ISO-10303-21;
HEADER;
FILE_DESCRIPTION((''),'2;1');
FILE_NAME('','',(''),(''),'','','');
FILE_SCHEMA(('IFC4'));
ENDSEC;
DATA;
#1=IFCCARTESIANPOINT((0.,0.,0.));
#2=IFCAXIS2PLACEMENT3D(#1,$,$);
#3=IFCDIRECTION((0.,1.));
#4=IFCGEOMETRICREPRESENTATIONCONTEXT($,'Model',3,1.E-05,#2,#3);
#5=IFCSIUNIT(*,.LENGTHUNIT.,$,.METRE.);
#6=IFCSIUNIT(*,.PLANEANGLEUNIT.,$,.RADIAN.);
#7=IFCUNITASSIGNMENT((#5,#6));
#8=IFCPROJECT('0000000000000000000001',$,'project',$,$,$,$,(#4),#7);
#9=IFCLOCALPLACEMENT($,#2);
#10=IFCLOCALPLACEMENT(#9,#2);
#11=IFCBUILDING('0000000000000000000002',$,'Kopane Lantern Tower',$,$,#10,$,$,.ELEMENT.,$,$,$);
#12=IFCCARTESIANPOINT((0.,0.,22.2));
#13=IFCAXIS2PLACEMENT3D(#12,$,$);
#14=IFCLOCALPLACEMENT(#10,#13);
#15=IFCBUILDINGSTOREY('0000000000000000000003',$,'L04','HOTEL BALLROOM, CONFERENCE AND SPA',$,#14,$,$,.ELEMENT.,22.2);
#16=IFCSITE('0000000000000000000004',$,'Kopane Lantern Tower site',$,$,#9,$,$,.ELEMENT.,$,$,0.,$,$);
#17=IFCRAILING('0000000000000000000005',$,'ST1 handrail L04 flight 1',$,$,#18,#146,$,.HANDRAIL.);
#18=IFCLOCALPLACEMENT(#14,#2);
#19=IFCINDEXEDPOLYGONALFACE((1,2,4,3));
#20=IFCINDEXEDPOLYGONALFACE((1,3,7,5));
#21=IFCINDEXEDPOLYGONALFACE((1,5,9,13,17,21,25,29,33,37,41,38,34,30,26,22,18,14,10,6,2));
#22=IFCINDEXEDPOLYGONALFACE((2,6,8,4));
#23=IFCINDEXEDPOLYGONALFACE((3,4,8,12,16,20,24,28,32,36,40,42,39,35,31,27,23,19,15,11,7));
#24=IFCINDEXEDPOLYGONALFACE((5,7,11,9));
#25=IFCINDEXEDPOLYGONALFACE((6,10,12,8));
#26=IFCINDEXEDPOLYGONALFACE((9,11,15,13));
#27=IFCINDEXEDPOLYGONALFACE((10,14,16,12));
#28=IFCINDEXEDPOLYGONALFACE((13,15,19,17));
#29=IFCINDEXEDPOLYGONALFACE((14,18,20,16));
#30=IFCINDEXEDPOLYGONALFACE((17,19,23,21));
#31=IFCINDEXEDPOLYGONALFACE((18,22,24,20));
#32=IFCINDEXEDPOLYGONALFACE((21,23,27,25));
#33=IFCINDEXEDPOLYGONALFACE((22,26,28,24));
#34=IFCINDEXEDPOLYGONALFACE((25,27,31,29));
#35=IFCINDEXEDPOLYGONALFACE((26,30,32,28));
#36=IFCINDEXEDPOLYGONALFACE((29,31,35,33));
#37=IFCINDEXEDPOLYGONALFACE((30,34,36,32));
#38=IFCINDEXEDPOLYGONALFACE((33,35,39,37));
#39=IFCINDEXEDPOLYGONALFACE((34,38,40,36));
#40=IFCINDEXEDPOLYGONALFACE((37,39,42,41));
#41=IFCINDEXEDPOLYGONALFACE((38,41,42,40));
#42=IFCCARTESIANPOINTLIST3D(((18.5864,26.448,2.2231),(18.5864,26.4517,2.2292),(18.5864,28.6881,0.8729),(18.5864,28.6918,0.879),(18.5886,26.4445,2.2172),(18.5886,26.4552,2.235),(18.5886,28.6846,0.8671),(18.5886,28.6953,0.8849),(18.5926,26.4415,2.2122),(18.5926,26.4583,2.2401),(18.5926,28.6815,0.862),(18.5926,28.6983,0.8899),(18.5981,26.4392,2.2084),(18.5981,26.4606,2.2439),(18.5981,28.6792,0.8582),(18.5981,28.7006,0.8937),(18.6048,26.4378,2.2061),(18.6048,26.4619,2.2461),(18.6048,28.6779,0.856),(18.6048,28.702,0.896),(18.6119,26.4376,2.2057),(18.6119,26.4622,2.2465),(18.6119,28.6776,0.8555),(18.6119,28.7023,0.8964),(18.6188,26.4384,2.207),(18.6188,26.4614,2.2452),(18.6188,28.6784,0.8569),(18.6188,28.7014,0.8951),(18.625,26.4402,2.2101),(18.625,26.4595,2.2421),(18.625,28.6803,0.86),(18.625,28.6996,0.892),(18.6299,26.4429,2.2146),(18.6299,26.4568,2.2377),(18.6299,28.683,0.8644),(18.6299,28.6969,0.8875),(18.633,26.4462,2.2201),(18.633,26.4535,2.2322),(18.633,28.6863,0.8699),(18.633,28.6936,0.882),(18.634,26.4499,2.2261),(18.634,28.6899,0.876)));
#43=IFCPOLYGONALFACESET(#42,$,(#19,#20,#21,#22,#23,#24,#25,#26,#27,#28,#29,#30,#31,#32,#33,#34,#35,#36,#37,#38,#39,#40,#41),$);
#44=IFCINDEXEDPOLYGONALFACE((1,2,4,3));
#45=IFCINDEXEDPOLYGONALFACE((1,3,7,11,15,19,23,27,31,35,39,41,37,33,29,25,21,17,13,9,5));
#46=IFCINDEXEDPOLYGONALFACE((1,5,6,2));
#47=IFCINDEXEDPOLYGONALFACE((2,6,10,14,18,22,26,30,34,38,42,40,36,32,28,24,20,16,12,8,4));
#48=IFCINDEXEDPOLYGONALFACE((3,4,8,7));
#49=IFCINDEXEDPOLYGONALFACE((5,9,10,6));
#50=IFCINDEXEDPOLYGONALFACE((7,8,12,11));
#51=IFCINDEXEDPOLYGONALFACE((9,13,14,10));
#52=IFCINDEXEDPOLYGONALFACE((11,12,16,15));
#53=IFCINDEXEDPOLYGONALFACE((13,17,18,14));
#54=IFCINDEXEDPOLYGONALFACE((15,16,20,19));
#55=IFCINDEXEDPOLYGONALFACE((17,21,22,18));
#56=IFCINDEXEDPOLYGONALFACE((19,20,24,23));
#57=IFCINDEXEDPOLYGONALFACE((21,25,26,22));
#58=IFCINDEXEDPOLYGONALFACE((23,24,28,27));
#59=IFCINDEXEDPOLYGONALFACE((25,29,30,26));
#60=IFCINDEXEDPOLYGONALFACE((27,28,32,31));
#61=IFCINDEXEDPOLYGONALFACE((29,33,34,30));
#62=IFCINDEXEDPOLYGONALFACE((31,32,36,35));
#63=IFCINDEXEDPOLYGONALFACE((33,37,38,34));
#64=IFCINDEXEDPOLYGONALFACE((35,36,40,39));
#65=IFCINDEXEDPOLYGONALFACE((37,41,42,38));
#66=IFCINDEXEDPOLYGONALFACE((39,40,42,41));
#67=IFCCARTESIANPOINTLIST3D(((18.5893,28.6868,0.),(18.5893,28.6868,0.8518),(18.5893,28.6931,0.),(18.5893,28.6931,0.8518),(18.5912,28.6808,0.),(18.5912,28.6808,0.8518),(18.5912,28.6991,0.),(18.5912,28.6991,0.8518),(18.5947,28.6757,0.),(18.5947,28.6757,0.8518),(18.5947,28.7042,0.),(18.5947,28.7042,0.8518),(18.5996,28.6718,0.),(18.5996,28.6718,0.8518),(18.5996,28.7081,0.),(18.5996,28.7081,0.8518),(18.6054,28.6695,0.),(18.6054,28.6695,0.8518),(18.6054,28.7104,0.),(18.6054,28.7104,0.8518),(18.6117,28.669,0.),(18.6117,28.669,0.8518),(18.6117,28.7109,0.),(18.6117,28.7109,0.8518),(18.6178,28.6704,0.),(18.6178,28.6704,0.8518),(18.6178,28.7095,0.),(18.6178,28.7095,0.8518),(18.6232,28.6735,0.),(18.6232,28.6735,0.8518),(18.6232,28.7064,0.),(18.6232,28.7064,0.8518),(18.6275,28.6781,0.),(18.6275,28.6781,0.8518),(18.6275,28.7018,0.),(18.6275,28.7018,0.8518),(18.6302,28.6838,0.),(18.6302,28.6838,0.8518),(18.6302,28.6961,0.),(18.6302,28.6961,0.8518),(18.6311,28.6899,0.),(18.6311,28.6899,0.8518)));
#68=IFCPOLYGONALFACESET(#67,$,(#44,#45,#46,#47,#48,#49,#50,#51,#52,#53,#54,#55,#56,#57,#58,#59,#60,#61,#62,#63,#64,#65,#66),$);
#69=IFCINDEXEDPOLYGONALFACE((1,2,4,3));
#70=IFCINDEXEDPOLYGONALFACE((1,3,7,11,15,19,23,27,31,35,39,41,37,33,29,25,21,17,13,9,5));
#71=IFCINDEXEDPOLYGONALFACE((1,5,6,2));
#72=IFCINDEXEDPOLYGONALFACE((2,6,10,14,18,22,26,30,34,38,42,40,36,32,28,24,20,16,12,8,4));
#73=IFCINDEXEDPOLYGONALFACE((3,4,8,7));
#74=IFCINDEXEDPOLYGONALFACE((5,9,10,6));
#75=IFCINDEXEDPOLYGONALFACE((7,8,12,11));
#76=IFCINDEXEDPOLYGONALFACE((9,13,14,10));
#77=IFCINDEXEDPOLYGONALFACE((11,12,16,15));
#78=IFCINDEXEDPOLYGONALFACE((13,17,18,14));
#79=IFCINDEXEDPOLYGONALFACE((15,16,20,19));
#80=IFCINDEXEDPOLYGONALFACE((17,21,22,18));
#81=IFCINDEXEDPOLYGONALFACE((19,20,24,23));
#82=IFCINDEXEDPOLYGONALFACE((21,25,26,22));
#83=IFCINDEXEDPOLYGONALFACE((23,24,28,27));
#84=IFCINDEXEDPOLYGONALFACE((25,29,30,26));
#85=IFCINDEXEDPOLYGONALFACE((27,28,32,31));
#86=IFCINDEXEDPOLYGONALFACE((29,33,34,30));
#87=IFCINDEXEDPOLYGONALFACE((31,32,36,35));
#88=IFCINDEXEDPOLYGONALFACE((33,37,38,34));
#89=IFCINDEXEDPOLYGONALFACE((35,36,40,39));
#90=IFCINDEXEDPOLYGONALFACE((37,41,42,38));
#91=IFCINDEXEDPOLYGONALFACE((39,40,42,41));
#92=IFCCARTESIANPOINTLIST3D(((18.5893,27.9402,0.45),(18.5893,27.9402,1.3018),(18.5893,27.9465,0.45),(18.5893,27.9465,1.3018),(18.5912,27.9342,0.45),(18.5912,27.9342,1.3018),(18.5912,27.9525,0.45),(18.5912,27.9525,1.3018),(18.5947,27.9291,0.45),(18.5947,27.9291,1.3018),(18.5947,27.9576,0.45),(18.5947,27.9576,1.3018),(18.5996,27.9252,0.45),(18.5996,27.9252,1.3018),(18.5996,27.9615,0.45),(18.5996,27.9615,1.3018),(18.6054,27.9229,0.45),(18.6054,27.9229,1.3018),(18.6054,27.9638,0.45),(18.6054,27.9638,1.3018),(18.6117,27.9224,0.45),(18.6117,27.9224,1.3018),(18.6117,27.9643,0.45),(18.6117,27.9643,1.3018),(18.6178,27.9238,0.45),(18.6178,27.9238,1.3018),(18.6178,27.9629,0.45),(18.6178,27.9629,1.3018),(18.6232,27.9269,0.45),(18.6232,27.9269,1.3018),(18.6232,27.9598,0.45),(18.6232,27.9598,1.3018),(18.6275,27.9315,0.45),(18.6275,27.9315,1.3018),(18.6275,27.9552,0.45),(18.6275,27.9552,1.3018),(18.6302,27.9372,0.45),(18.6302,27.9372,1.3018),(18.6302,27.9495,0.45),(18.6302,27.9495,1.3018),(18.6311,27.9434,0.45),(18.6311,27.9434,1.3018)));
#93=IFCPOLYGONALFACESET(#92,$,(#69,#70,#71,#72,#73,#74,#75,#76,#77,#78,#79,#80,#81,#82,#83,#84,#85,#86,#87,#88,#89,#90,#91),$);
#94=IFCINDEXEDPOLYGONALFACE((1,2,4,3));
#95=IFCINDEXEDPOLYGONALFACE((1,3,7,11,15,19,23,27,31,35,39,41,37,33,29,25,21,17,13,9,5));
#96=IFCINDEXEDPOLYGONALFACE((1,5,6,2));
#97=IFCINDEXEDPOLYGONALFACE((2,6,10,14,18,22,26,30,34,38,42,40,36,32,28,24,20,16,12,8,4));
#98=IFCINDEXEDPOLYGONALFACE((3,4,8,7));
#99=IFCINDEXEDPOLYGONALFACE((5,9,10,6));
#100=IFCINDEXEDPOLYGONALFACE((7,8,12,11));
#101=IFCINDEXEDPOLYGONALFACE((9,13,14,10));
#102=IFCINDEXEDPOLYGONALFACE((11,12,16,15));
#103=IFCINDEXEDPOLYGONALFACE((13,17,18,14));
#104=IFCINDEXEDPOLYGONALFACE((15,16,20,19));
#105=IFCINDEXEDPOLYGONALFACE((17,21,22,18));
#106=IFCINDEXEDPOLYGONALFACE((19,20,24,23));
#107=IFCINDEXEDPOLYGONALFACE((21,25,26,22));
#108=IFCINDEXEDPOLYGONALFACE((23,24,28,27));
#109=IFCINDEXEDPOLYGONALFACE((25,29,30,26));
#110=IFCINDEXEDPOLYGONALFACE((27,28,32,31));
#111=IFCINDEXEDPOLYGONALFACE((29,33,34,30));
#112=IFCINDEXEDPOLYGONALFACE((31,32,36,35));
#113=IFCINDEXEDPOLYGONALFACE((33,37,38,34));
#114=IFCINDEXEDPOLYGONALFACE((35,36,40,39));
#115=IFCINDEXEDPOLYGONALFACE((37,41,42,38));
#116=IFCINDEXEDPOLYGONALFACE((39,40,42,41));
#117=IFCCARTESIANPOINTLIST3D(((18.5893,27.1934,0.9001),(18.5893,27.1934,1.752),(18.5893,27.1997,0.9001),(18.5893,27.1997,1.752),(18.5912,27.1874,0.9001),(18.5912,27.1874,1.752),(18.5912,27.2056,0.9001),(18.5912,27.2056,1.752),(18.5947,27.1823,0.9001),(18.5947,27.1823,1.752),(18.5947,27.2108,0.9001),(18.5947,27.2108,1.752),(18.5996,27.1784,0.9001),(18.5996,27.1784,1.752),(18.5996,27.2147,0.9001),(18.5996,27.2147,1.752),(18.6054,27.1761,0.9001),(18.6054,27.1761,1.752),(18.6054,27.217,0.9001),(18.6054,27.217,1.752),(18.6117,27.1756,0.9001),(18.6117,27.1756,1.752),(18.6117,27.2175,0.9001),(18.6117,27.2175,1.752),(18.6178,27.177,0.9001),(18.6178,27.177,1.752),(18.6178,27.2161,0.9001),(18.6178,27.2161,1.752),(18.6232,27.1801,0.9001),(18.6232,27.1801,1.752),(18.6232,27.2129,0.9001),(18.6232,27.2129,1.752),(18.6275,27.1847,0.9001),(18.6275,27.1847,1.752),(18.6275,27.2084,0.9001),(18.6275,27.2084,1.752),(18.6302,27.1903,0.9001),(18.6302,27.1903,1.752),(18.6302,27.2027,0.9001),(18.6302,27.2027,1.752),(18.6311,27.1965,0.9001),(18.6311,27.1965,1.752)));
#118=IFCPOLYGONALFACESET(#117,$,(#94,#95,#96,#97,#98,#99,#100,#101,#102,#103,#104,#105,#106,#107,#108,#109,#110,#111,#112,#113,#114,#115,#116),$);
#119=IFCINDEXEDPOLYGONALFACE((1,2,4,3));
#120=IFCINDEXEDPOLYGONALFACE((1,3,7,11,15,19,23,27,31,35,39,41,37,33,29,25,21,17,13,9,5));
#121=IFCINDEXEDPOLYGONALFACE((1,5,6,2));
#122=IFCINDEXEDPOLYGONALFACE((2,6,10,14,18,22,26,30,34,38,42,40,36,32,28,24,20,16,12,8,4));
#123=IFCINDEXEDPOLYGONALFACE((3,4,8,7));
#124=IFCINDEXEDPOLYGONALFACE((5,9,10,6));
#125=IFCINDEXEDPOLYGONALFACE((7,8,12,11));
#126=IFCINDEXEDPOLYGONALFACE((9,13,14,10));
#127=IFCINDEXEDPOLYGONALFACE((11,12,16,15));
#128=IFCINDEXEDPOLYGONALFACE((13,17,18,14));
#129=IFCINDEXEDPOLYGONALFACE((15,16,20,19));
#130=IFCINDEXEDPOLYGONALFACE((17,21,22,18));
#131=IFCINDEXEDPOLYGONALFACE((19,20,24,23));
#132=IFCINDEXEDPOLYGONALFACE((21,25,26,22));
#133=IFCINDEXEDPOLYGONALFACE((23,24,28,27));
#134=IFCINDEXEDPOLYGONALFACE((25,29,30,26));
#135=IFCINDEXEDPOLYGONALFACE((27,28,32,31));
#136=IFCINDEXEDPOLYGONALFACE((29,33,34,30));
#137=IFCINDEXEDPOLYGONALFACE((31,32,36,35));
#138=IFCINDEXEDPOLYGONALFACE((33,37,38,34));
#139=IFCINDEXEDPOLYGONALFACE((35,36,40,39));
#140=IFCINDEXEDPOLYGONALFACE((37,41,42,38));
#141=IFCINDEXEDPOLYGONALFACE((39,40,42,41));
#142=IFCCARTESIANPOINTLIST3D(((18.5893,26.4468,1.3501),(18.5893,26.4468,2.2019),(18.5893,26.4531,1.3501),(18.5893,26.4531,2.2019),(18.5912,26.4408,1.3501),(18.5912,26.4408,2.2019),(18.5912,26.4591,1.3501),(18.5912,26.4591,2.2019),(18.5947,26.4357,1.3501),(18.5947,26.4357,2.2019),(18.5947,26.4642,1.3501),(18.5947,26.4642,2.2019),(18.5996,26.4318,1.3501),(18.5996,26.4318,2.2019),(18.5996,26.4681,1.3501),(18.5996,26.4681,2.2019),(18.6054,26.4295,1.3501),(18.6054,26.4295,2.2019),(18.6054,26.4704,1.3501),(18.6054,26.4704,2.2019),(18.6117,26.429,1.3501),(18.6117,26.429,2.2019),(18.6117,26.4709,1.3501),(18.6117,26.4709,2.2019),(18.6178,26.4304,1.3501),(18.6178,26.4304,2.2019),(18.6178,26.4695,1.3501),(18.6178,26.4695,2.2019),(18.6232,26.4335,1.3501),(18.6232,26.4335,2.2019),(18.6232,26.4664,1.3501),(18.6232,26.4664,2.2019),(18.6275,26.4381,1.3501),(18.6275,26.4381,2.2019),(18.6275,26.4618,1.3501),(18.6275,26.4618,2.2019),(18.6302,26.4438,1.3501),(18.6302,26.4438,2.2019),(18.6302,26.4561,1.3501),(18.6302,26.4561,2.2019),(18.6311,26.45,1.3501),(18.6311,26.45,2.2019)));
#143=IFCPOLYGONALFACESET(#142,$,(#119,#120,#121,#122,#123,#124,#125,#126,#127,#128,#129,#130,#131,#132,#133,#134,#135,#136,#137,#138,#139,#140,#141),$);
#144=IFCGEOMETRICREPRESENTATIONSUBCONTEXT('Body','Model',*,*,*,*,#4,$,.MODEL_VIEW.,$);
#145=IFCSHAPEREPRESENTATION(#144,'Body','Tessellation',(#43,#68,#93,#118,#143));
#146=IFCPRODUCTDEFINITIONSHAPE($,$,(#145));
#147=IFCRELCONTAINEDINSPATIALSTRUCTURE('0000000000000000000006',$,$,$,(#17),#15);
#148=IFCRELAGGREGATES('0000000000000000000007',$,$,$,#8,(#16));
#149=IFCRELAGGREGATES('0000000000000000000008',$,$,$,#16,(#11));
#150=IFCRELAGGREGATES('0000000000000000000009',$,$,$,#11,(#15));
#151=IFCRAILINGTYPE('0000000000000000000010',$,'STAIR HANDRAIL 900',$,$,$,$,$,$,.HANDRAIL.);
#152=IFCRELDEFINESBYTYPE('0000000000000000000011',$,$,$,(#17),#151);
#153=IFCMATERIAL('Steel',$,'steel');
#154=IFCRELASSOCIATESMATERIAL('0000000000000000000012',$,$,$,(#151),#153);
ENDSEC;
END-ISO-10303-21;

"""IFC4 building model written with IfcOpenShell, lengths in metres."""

from ifc_helpers import new_model, si_unit, direction, frame, origin, origin_2d, place, context, subcontext, project, spatial, circle, extrude, material, type_object, element, save


model = new_model("IFC4")

# Units and contexts
model_context = context("Model", 3, precision=1e-05, world=origin(), true_north=direction((0.0, 1.0)))
body_context = subcontext(model_context, "Body", "Model", "MODEL_VIEW")
ifc_project = project(units=[si_unit("LENGTHUNIT", "METRE"), si_unit("PLANEANGLEUNIT", "RADIAN")], contexts=[model_context])

# Site, building, storey
site_placement = place(None, origin())
site = spatial("IfcSite", under=ifc_project, at=site_placement, Name="Kopane Lantern Tower site", CompositionType="ELEMENT", RefElevation=0.0)
building_placement = place(site_placement, origin())
building = spatial("IfcBuilding", under=site, at=building_placement, Name="Kopane Lantern Tower", CompositionType="ELEMENT")
storey_placement = place(building_placement, frame((0.0, 0.0, 22.2)))
storey = spatial("IfcBuildingStorey", under=building, at=storey_placement, Name="L04", Description="HOTEL BALLROOM, CONFERENCE AND SPA", CompositionType="ELEMENT", Elevation=22.2)

# Railing
ifc_material_1 = material(Name="Steel", Category="steel")
railing_type_1 = type_object("IfcRailingType", Name="STAIR HANDRAIL 900", PredefinedType="HANDRAIL", material=ifc_material_1)
for number, where, name in (
    (1, (18.6101, 28.6899, 0.0), "ST1 handrail L04 flight 1"),
):
    element("IfcRailing", number, at=place(storey_placement, frame(where)), inside=storey, type_object=railing_type_1, Name=name, PredefinedType="HANDRAIL", context=body_context, shape_type="SweptSolid", body=[
        extrude(circle(Radius=0.0239, at=origin_2d()), frame((0.0, 0.0, 0.876), z_axis=(0.0, -0.856462, 0.516211), x_axis=(1.0, 0.0, 0.0)), (0.0, 0.0, 1.0), 2.6155),
        extrude(circle(Radius=0.021, at=origin_2d()), origin(), (0.0, 0.0, 1.0), 0.8518),
        extrude(circle(Radius=0.021, at=origin_2d()), frame((0.0, -0.7466, 0.45)), (0.0, 0.0, 1.0), 0.8518),
        extrude(circle(Radius=0.021, at=origin_2d()), frame((0.0, -1.4934, 0.9001)), (0.0, 0.0, 1.0), 0.8518),
        extrude(circle(Radius=0.021, at=origin_2d()), frame((0.0, -2.24, 1.3501)), (0.0, 0.0, 1.0), 0.8518),
    ])

save(model, "model.ifc")
